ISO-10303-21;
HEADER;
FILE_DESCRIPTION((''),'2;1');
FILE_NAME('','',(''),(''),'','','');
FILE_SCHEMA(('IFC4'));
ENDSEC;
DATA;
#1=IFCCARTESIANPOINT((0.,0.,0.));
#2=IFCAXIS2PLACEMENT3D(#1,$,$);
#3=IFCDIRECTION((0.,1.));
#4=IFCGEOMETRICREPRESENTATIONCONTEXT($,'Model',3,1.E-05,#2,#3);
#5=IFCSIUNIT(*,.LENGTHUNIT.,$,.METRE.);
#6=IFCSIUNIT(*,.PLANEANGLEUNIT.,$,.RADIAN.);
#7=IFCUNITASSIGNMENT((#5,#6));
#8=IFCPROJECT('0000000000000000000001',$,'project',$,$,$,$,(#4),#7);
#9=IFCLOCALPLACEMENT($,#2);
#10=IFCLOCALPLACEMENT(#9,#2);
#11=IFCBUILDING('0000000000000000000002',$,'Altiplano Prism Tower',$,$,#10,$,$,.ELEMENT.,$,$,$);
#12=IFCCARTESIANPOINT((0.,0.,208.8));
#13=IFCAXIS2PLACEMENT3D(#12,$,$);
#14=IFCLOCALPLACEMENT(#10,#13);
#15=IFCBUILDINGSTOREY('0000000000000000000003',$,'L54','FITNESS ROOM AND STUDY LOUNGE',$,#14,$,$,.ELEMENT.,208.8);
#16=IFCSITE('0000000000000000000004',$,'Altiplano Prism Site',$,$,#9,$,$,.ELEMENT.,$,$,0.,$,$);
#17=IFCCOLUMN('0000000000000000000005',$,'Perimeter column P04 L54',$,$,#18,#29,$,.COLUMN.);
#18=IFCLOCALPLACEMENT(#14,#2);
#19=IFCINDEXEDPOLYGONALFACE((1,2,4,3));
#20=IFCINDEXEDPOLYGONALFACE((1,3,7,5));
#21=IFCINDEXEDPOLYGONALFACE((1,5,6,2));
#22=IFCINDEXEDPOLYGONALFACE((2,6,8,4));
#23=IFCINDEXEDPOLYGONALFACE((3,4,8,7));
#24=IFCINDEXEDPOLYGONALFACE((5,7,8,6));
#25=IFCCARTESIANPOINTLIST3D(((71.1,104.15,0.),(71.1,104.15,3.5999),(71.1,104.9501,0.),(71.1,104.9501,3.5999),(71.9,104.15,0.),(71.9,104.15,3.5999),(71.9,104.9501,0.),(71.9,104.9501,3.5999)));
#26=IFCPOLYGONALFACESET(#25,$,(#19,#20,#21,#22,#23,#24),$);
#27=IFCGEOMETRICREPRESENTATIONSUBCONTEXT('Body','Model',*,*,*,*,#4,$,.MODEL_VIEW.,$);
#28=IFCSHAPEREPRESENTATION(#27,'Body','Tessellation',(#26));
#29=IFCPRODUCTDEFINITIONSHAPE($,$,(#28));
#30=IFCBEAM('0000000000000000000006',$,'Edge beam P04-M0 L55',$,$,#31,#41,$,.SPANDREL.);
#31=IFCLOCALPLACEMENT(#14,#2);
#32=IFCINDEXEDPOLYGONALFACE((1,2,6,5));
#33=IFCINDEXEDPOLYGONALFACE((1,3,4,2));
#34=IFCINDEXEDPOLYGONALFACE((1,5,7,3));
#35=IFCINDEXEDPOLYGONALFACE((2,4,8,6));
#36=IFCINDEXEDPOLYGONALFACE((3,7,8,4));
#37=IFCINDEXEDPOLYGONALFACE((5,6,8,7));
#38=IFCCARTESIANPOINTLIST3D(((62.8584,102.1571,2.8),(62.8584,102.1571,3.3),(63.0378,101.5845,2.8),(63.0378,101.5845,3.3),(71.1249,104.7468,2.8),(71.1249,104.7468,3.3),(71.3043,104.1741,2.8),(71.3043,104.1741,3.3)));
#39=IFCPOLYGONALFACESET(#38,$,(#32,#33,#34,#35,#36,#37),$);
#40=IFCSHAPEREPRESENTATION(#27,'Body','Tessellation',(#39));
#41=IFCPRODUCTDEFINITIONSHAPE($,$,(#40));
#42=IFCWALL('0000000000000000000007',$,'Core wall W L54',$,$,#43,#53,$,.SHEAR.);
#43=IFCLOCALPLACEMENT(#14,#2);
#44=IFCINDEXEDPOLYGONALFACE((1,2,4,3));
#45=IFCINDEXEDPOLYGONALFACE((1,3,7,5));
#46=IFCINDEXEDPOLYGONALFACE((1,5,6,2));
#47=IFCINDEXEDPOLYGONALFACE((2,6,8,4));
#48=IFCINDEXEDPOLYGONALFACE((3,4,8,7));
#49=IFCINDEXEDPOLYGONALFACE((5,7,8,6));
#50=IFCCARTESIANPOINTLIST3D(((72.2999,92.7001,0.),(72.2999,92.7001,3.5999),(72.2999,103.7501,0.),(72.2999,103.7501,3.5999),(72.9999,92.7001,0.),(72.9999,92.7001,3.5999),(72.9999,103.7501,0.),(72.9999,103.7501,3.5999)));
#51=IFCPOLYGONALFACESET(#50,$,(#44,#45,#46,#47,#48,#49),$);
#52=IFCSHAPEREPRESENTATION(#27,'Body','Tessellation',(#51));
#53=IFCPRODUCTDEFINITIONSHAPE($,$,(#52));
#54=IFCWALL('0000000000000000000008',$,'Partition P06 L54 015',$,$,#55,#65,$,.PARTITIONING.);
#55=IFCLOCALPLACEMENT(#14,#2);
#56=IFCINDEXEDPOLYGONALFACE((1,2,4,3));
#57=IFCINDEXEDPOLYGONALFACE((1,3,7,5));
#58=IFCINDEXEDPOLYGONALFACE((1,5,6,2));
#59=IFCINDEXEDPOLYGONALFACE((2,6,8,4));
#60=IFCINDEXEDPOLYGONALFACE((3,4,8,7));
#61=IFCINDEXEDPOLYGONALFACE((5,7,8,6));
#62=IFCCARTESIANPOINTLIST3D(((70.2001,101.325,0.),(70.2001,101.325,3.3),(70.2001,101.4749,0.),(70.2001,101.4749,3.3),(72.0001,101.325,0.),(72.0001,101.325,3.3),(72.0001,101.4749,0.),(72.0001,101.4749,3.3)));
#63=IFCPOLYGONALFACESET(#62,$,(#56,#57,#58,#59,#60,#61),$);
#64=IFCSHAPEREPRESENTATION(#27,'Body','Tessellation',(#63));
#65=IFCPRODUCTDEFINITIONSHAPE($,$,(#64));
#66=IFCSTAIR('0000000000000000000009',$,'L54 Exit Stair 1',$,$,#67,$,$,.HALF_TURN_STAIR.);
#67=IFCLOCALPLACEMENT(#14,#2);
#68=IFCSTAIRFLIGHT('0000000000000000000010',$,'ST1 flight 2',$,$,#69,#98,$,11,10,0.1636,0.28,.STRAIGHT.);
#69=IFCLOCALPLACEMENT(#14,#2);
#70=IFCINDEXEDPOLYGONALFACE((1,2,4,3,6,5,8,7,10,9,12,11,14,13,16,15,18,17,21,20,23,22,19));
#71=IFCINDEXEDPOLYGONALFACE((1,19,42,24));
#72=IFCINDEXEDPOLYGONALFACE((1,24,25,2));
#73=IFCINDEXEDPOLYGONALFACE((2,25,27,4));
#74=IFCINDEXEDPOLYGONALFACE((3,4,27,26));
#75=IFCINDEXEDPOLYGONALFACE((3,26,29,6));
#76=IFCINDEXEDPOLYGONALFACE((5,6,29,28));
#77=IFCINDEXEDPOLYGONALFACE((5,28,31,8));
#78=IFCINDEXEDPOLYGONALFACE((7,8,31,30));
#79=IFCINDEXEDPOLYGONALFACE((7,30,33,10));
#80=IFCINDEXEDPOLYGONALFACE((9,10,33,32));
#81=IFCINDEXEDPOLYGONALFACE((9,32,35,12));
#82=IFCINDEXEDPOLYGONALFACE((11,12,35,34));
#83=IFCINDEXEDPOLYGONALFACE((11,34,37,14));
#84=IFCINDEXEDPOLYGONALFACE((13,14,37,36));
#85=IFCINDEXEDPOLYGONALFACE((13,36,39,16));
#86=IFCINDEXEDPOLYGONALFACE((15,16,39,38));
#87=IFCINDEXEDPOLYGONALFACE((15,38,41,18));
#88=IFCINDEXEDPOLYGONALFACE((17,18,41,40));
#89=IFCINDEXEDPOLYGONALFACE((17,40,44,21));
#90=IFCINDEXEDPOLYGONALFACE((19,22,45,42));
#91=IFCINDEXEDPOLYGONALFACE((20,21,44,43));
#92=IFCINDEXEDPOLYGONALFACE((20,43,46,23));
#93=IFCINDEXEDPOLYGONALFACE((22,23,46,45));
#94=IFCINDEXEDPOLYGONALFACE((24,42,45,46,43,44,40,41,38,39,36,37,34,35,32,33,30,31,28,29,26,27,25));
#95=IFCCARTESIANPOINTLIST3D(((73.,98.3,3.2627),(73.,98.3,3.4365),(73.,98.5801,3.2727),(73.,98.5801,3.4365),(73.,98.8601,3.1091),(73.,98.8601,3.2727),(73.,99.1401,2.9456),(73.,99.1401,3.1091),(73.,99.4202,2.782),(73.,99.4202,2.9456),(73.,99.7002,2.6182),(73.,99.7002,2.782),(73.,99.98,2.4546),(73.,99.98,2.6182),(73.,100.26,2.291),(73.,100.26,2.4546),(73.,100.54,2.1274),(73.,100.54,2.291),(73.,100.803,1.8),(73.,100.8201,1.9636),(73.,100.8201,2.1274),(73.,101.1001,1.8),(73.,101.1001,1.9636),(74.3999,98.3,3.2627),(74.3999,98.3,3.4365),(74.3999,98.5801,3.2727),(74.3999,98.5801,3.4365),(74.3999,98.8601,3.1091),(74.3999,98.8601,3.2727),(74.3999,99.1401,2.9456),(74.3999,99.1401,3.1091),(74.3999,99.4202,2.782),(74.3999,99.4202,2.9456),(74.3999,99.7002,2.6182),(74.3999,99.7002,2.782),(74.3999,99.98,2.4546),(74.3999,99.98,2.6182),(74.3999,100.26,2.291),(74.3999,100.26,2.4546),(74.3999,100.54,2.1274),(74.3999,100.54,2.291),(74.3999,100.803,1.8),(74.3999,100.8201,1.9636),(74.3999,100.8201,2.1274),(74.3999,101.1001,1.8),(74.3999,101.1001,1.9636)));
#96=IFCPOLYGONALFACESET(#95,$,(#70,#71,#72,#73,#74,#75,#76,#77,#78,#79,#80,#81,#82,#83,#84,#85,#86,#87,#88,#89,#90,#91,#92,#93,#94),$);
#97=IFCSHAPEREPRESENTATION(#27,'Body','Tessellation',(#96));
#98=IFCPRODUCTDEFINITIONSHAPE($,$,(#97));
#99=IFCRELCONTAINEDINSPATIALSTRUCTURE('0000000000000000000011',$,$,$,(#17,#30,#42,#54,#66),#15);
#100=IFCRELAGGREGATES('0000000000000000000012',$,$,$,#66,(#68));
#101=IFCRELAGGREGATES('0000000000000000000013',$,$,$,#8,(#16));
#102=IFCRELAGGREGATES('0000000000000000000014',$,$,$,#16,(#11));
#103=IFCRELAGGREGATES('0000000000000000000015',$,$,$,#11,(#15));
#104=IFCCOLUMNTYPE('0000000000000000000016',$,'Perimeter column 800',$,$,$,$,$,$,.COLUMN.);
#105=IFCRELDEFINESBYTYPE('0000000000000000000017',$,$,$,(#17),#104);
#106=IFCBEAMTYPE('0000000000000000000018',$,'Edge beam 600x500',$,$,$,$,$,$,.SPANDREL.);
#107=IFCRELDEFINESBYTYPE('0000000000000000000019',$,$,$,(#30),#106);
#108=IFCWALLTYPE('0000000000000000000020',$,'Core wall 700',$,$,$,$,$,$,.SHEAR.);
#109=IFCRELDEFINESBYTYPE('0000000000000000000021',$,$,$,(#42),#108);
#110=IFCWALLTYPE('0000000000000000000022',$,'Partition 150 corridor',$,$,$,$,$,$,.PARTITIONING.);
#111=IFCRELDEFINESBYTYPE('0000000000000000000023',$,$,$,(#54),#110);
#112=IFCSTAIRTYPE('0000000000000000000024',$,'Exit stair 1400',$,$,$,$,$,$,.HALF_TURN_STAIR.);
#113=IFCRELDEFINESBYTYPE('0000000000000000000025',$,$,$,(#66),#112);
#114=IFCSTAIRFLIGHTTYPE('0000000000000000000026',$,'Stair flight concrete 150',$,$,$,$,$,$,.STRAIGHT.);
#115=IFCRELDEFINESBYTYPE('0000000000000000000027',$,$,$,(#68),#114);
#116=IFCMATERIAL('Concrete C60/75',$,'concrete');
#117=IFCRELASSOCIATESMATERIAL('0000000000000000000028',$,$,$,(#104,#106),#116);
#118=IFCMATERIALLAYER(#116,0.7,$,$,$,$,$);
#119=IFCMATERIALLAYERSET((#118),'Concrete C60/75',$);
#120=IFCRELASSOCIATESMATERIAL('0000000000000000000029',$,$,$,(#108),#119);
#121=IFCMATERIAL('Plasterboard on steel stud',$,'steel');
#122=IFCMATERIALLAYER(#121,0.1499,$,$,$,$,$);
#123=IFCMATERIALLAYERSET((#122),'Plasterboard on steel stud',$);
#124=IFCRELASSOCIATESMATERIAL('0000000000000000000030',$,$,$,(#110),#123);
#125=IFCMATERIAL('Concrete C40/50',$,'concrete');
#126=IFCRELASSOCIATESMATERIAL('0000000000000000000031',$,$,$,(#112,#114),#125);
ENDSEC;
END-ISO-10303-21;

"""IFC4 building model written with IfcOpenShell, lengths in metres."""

from ifc_helpers import new_model, si_unit, direction, frame, frame_2d, origin, origin_2d, place, context, subcontext, project, spatial, polyline, rectangle, outline, extrude, material, layer, layer_set, material_profile, profile_set, type_object, element, aggregate, save


model = new_model("IFC4")

# Units and contexts
model_context = context("Model", 3, precision=1e-05, world=origin(), true_north=direction((0.0, 1.0)))
body_context = subcontext(model_context, "Body", "Model", "MODEL_VIEW")
ifc_project = project(units=[si_unit("LENGTHUNIT", "METRE"), si_unit("PLANEANGLEUNIT", "RADIAN")], contexts=[model_context])

# Site, building, storey
site_placement = place(None, origin())
site = spatial("IfcSite", under=ifc_project, at=site_placement, Name="Altiplano Prism Site", CompositionType="ELEMENT", RefElevation=0.0)
building_placement = place(site_placement, origin())
building = spatial("IfcBuilding", under=site, at=building_placement, Name="Altiplano Prism Tower", CompositionType="ELEMENT")
storey_placement = place(building_placement, frame((0.0, 0.0, 208.8)))
storey = spatial("IfcBuildingStorey", under=building, at=storey_placement, Name="L54", Description="FITNESS ROOM AND STUDY LOUNGE", CompositionType="ELEMENT", Elevation=208.8)

# Column
ifc_material_1 = material(Name="Concrete C60/75", Category="concrete")
ifc_material_profile_1 = material_profile(ifc_material_1, rectangle(XDim=0.8, YDim=0.8, at=origin_2d()), Name="Perimeter column 800")
ifc_profile_set_1 = profile_set([ifc_material_profile_1], Name="Concrete C60/75")
column_type = type_object("IfcColumnType", Name="Perimeter column 800", PredefinedType="COLUMN", material=ifc_profile_set_1)
column_placement = place(storey_placement, frame((71.5, 104.55, 0.0), z_axis=(0.0, 0.0, 1.0), x_axis=(1.0, 0.0, 0.0)))
element("IfcColumn", 1, at=column_placement, inside=storey, type_object=column_type, Name="Perimeter column P04 L54", PredefinedType="COLUMN", context=body_context, shape_type="SweptSolid", body=[
    extrude(rectangle(XDim=0.8, YDim=0.8, at=origin_2d()), origin(), (0.0, 0.0, 1.0), 3.5999),
])

# Beam
ifc_material_profile_2 = material_profile(ifc_material_1, rectangle(XDim=0.6001, YDim=0.5, at=origin_2d()), Name="Edge beam 600x500")
ifc_profile_set_2 = profile_set([ifc_material_profile_2], Name="Concrete C60/75")
beam_type = type_object("IfcBeamType", Name="Edge beam 600x500", PredefinedType="SPANDREL", material=ifc_profile_set_2)
beam_placement = place(storey_placement, frame((71.2146, 104.4604, 3.05), z_axis=(-0.954271, -0.298944, 0.0), x_axis=(0.298944, -0.954271, 0.0)))
element("IfcBeam", 2, at=beam_placement, inside=storey, type_object=beam_type, Name="Edge beam P04-M0 L55", PredefinedType="SPANDREL", context=body_context, shape_type="SweptSolid", body=[
    extrude(rectangle(XDim=0.6001, YDim=0.5, at=origin_2d()), origin(), (0.0, 0.0, 1.0), 8.6626),
])

# Walls
ifc_layer_1 = layer(ifc_material_1, 0.7)
ifc_layer_set_1 = layer_set([ifc_layer_1], Name="Concrete C60/75")
wall_type_1 = type_object("IfcWallType", Name="Core wall 700", PredefinedType="SHEAR", material=ifc_layer_set_1)
wall_1_placement = place(storey_placement, frame((72.6499, 103.75, 0.0), z_axis=(0.0, 0.0, 1.0), x_axis=(0.0, -1.0, 0.0)))
element("IfcWall", 3, at=wall_1_placement, inside=storey, type_object=wall_type_1, Name="Core wall W L54", PredefinedType="SHEAR", context=body_context, shape_type="SweptSolid", body=[
    extrude(rectangle(XDim=11.05, YDim=0.7, at=frame_2d((5.5249, 0.0))), origin(), (0.0, 0.0, 1.0), 3.5999),
])
ifc_material_2 = material(Name="Plasterboard on steel stud", Category="steel")
ifc_layer_2 = layer(ifc_material_2, 0.1499)
ifc_layer_set_2 = layer_set([ifc_layer_2], Name="Plasterboard on steel stud")
wall_type_2 = type_object("IfcWallType", Name="Partition 150 corridor", PredefinedType="PARTITIONING", material=ifc_layer_set_2)
wall_2_placement = place(storey_placement, frame((72.0, 101.3999, 0.0), z_axis=(0.0, 0.0, 1.0), x_axis=(-1.0, 0.0, 0.0)))
element("IfcWall", 4, at=wall_2_placement, inside=storey, type_object=wall_type_2, Name="Partition P06 L54 015", PredefinedType="PARTITIONING", context=body_context, shape_type="SweptSolid", body=[
    extrude(rectangle(XDim=1.8, YDim=0.1499, at=frame_2d((0.8999, 0.0))), origin(), (0.0, 0.0, 1.0), 3.3),
])

# Stair, stair flight
ifc_material_3 = material(Name="Concrete C40/50", Category="concrete")
stair_type = type_object("IfcStairType", Name="Exit stair 1400", PredefinedType="HALF_TURN_STAIR", material=ifc_material_3)
stair_placement = place(storey_placement, origin())
stair = element("IfcStair", 5, at=stair_placement, inside=storey, type_object=stair_type, Name="L54 Exit Stair 1", PredefinedType="HALF_TURN_STAIR")
stair_flight_type = type_object("IfcStairFlightType", Name="Stair flight concrete 150", PredefinedType="STRAIGHT", material=ifc_material_3)
stair_flight_placement = place(storey_placement, frame((73.7, 101.1001, 1.8), z_axis=(0.0, 0.0, 1.0), x_axis=(0.0, -1.0, 0.0)))
stair_flight = element("IfcStairFlight", 6, at=stair_flight_placement, type_object=stair_flight_type, Name="ST1 flight 2", NumberOfRisers=11, NumberOfTreads=10, PredefinedType="STRAIGHT", RiserHeight=0.1636, TreadLength=0.28, context=body_context, shape_type="SweptSolid", body=[
    extrude(outline(polyline([(0.0, 0.0), (0.0, 0.1636), (0.28, 0.1636), (0.28, 0.3274), (0.5601, 0.3274), (0.5601, 0.491), (0.8401, 0.491), (0.8401, 0.6545), (1.1201, 0.6545), (1.1201, 0.8181), (1.3999, 0.8181), (1.3999, 0.9819), (1.6799, 0.9819), (1.6799, 1.1455), (1.96, 1.1455), (1.96, 1.3091), (2.24, 1.3091), (2.24, 1.4727), (2.52, 1.4727), (2.52, 1.6365), (2.8, 1.6365), (2.8, 1.8), (2.8, 1.4626), (0.2971, 0.0), (0.0, 0.0)])), frame((0.0, 0.7, 0.0), z_axis=(0.0, -1.0, 0.0), x_axis=(1.0, 0.0, 0.0)), (0.0, 0.0, 1.0), 1.3999),
])
aggregate(stair, [stair_flight])

save(model, "model.ifc")
